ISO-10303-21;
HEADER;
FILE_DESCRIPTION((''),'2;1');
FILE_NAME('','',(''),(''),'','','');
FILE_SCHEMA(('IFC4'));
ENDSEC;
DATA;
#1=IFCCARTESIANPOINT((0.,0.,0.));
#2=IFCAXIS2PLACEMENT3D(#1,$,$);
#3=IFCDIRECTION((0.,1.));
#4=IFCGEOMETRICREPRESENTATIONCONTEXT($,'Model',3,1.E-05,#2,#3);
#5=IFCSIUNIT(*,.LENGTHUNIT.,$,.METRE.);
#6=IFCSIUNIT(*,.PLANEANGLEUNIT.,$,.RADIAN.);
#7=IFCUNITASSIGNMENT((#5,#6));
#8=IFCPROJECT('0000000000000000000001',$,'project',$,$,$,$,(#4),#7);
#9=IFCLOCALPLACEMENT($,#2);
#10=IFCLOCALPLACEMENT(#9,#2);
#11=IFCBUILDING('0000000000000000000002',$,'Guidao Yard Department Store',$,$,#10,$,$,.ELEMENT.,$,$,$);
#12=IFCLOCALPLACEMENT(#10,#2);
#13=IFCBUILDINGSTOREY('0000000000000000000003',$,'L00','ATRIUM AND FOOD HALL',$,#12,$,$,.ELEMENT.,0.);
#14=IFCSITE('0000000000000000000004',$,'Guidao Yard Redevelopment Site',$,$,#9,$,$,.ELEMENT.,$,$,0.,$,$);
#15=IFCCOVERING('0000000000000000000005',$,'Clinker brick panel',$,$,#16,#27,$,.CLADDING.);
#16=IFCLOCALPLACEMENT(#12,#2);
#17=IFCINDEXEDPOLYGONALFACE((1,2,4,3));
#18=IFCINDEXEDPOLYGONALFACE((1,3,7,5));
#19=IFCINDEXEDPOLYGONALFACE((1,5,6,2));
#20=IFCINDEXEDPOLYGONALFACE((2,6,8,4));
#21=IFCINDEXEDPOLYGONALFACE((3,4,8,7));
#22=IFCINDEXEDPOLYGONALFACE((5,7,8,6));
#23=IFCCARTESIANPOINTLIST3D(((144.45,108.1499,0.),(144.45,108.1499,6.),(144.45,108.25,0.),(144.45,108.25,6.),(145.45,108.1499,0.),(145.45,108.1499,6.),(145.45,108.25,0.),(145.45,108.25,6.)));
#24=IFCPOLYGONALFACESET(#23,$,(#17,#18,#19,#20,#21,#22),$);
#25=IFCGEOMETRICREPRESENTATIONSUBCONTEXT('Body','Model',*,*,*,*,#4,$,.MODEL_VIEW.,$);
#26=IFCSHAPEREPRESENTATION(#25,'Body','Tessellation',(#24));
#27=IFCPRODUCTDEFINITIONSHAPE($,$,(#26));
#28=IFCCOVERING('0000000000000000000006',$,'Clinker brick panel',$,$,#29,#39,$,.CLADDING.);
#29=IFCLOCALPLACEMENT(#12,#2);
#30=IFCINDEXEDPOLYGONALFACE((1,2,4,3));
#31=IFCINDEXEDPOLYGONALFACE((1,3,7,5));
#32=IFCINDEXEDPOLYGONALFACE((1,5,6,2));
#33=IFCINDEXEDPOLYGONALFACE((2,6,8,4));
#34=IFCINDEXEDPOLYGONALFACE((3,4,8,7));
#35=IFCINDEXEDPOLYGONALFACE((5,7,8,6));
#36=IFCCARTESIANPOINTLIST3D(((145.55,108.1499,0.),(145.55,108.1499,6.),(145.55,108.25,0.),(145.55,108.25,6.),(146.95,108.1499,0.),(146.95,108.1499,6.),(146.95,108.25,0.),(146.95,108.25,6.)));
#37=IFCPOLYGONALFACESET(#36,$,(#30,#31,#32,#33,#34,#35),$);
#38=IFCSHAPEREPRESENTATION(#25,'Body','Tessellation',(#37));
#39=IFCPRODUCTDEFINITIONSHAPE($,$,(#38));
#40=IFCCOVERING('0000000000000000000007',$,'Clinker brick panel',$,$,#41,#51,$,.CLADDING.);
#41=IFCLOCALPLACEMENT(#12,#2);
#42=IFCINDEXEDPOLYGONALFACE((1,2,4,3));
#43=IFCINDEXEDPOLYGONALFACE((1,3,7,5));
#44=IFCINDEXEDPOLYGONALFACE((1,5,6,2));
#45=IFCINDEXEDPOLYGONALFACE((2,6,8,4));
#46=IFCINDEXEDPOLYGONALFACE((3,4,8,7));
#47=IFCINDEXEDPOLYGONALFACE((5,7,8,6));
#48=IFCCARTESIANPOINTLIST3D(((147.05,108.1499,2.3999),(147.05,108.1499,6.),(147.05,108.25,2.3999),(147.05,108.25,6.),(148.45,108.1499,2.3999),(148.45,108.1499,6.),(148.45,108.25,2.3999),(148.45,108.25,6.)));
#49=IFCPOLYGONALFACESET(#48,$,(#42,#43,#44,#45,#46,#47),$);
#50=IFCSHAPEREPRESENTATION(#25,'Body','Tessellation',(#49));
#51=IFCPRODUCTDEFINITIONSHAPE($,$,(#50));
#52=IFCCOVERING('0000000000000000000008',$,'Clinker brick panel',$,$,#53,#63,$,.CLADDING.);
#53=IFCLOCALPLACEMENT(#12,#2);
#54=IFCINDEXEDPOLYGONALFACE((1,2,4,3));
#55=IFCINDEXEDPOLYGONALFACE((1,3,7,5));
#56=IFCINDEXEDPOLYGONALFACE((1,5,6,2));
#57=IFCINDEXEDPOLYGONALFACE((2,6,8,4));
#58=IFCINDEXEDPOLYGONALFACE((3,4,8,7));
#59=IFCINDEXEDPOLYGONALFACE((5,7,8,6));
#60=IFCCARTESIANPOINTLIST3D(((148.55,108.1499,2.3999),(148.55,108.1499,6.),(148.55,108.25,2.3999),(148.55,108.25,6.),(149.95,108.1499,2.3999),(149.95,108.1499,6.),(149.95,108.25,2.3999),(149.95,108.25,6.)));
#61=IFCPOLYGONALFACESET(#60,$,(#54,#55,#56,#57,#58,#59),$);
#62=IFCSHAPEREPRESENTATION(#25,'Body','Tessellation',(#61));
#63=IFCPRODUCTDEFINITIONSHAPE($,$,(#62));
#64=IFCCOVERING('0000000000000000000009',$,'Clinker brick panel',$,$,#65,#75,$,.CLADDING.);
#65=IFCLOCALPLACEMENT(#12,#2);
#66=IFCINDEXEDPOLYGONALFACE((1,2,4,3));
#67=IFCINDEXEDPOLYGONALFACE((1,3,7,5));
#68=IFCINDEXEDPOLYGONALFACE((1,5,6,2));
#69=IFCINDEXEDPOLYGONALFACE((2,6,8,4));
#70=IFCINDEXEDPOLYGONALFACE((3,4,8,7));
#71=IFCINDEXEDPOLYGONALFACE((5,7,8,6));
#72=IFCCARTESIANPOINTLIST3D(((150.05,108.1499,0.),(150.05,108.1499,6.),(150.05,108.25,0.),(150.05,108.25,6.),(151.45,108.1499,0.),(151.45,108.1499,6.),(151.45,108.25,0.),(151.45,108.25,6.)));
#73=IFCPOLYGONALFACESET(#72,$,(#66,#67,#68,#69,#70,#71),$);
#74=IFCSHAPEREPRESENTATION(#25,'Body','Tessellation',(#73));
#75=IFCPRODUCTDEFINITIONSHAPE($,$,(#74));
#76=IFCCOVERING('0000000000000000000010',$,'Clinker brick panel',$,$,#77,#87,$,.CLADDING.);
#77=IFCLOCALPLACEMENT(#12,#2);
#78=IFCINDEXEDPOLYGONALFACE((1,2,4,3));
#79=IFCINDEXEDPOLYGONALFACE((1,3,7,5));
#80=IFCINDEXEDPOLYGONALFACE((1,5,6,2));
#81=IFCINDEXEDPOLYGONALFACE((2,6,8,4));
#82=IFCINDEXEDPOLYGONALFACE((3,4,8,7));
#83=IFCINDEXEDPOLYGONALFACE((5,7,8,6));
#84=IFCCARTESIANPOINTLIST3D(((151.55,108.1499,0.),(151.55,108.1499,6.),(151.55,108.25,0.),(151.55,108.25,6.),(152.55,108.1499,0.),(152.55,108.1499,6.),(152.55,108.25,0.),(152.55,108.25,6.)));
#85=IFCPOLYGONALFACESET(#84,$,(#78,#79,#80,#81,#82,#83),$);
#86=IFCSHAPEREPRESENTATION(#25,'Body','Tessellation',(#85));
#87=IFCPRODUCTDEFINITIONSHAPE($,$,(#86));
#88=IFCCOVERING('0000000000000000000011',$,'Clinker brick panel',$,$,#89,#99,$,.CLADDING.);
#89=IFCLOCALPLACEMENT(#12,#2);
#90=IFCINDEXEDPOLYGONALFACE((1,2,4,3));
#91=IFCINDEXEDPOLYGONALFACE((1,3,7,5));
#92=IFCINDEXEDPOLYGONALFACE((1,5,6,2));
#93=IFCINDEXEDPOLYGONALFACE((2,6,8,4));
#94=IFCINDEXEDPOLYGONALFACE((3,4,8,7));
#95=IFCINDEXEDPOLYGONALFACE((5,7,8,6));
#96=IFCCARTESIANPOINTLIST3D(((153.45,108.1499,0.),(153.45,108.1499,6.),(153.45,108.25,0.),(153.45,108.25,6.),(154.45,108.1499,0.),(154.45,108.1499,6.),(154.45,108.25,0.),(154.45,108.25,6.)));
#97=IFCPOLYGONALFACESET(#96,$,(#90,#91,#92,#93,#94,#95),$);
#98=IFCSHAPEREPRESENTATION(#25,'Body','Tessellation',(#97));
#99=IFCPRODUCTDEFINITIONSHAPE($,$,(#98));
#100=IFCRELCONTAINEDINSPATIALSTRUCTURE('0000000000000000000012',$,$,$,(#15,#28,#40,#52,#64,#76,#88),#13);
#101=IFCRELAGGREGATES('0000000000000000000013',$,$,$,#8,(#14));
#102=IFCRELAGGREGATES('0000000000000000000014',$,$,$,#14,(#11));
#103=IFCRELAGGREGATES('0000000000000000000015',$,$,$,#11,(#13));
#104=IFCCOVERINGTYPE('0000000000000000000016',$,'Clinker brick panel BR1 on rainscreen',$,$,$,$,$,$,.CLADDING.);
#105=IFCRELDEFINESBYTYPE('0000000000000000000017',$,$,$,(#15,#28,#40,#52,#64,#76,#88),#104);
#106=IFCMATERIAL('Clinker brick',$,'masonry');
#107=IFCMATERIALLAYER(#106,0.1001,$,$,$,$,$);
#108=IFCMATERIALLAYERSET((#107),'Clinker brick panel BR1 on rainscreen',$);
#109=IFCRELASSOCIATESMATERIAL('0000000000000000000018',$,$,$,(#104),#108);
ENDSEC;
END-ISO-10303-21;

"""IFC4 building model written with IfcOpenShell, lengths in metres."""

from ifc_helpers import new_model, si_unit, direction, frame, origin, origin_2d, place, context, subcontext, project, spatial, rectangle, extrude, material, layer, layer_set, type_object, element, save


model = new_model("IFC4")

# Units and contexts
model_context = context("Model", 3, precision=1e-05, world=origin(), true_north=direction((0.0, 1.0)))
body_context = subcontext(model_context, "Body", "Model", "MODEL_VIEW")
ifc_project = project(units=[si_unit("LENGTHUNIT", "METRE"), si_unit("PLANEANGLEUNIT", "RADIAN")], contexts=[model_context])

# Site, building, storey
site_placement = place(None, origin())
site = spatial("IfcSite", under=ifc_project, at=site_placement, Name="Guidao Yard Redevelopment Site", CompositionType="ELEMENT", RefElevation=0.0)
building_placement = place(site_placement, origin())
building = spatial("IfcBuilding", under=site, at=building_placement, Name="Guidao Yard Department Store", CompositionType="ELEMENT")
storey_placement = place(building_placement, origin())
storey = spatial("IfcBuildingStorey", under=building, at=storey_placement, Name="L00", Description="ATRIUM AND FOOD HALL", CompositionType="ELEMENT", Elevation=0.0)

# Coverings
ifc_material_1 = material(Name="Clinker brick", Category="masonry")
ifc_layer_1 = layer(ifc_material_1, 0.1001)
ifc_layer_set_1 = layer_set([ifc_layer_1], Name="Clinker brick panel BR1 on rainscreen")
covering_type = type_object("IfcCoveringType", Name="Clinker brick panel BR1 on rainscreen", PredefinedType="CLADDING", material=ifc_layer_set_1)
for number, where, z_axis, x_axis, name in (
    (1, (144.95, 108.2, 0.0), (0.0, 0.0, 1.0), (1.0, 0.0, 0.0), "Clinker brick panel"),
):
    element("IfcCovering", number, at=place(storey_placement, frame(where, z_axis=z_axis, x_axis=x_axis)), inside=storey, type_object=covering_type, Name=name, PredefinedType="CLADDING", context=body_context, shape_type="SweptSolid", body=[
        extrude(rectangle(XDim=1.0, YDim=0.1001, at=origin_2d()), origin(), (0.0, 0.0, 1.0), 6.0),
    ])
covering_1_placement = place(storey_placement, frame((146.25, 108.2, 0.0), z_axis=(0.0, 0.0, 1.0), x_axis=(1.0, 0.0, 0.0)))
element("IfcCovering", 2, at=covering_1_placement, inside=storey, type_object=covering_type, Name="Clinker brick panel", PredefinedType="CLADDING", context=body_context, shape_type="SweptSolid", body=[
    extrude(rectangle(XDim=1.3999, YDim=0.1001, at=origin_2d()), origin(), (0.0, 0.0, 1.0), 6.0),
])
for number, where, z_axis, x_axis, name in (
    (3, (147.75, 108.2, 2.3999), (0.0, 0.0, 1.0), (1.0, 0.0, 0.0), "Clinker brick panel"),
    (4, (149.25, 108.2, 2.3999), (0.0, 0.0, 1.0), (1.0, 0.0, 0.0), "Clinker brick panel"),
):
    element("IfcCovering", number, at=place(storey_placement, frame(where, z_axis=z_axis, x_axis=x_axis)), inside=storey, type_object=covering_type, Name=name, PredefinedType="CLADDING", context=body_context, shape_type="SweptSolid", body=[
        extrude(rectangle(XDim=1.3999, YDim=0.1001, at=origin_2d()), origin(), (0.0, 0.0, 1.0), 3.6001),
    ])
covering_2_placement = place(storey_placement, frame((150.75, 108.2, 0.0), z_axis=(0.0, 0.0, 1.0), x_axis=(1.0, 0.0, 0.0)))
element("IfcCovering", 5, at=covering_2_placement, inside=storey, type_object=covering_type, Name="Clinker brick panel", PredefinedType="CLADDING", context=body_context, shape_type="SweptSolid", body=[
    extrude(rectangle(XDim=1.3999, YDim=0.1001, at=origin_2d()), origin(), (0.0, 0.0, 1.0), 6.0),
])
for number, where, z_axis, x_axis, name in (
    (6, (152.05, 108.2, 0.0), (0.0, 0.0, 1.0), (1.0, 0.0, 0.0), "Clinker brick panel"),
    (7, (153.95, 108.2, 0.0), (0.0, 0.0, 1.0), (1.0, 0.0, 0.0), "Clinker brick panel"),
):
    element("IfcCovering", number, at=place(storey_placement, frame(where, z_axis=z_axis, x_axis=x_axis)), inside=storey, type_object=covering_type, Name=name, PredefinedType="CLADDING", context=body_context, shape_type="SweptSolid", body=[
        extrude(rectangle(XDim=1.0, YDim=0.1001, at=origin_2d()), origin(), (0.0, 0.0, 1.0), 6.0),
    ])

save(model, "model.ifc")
